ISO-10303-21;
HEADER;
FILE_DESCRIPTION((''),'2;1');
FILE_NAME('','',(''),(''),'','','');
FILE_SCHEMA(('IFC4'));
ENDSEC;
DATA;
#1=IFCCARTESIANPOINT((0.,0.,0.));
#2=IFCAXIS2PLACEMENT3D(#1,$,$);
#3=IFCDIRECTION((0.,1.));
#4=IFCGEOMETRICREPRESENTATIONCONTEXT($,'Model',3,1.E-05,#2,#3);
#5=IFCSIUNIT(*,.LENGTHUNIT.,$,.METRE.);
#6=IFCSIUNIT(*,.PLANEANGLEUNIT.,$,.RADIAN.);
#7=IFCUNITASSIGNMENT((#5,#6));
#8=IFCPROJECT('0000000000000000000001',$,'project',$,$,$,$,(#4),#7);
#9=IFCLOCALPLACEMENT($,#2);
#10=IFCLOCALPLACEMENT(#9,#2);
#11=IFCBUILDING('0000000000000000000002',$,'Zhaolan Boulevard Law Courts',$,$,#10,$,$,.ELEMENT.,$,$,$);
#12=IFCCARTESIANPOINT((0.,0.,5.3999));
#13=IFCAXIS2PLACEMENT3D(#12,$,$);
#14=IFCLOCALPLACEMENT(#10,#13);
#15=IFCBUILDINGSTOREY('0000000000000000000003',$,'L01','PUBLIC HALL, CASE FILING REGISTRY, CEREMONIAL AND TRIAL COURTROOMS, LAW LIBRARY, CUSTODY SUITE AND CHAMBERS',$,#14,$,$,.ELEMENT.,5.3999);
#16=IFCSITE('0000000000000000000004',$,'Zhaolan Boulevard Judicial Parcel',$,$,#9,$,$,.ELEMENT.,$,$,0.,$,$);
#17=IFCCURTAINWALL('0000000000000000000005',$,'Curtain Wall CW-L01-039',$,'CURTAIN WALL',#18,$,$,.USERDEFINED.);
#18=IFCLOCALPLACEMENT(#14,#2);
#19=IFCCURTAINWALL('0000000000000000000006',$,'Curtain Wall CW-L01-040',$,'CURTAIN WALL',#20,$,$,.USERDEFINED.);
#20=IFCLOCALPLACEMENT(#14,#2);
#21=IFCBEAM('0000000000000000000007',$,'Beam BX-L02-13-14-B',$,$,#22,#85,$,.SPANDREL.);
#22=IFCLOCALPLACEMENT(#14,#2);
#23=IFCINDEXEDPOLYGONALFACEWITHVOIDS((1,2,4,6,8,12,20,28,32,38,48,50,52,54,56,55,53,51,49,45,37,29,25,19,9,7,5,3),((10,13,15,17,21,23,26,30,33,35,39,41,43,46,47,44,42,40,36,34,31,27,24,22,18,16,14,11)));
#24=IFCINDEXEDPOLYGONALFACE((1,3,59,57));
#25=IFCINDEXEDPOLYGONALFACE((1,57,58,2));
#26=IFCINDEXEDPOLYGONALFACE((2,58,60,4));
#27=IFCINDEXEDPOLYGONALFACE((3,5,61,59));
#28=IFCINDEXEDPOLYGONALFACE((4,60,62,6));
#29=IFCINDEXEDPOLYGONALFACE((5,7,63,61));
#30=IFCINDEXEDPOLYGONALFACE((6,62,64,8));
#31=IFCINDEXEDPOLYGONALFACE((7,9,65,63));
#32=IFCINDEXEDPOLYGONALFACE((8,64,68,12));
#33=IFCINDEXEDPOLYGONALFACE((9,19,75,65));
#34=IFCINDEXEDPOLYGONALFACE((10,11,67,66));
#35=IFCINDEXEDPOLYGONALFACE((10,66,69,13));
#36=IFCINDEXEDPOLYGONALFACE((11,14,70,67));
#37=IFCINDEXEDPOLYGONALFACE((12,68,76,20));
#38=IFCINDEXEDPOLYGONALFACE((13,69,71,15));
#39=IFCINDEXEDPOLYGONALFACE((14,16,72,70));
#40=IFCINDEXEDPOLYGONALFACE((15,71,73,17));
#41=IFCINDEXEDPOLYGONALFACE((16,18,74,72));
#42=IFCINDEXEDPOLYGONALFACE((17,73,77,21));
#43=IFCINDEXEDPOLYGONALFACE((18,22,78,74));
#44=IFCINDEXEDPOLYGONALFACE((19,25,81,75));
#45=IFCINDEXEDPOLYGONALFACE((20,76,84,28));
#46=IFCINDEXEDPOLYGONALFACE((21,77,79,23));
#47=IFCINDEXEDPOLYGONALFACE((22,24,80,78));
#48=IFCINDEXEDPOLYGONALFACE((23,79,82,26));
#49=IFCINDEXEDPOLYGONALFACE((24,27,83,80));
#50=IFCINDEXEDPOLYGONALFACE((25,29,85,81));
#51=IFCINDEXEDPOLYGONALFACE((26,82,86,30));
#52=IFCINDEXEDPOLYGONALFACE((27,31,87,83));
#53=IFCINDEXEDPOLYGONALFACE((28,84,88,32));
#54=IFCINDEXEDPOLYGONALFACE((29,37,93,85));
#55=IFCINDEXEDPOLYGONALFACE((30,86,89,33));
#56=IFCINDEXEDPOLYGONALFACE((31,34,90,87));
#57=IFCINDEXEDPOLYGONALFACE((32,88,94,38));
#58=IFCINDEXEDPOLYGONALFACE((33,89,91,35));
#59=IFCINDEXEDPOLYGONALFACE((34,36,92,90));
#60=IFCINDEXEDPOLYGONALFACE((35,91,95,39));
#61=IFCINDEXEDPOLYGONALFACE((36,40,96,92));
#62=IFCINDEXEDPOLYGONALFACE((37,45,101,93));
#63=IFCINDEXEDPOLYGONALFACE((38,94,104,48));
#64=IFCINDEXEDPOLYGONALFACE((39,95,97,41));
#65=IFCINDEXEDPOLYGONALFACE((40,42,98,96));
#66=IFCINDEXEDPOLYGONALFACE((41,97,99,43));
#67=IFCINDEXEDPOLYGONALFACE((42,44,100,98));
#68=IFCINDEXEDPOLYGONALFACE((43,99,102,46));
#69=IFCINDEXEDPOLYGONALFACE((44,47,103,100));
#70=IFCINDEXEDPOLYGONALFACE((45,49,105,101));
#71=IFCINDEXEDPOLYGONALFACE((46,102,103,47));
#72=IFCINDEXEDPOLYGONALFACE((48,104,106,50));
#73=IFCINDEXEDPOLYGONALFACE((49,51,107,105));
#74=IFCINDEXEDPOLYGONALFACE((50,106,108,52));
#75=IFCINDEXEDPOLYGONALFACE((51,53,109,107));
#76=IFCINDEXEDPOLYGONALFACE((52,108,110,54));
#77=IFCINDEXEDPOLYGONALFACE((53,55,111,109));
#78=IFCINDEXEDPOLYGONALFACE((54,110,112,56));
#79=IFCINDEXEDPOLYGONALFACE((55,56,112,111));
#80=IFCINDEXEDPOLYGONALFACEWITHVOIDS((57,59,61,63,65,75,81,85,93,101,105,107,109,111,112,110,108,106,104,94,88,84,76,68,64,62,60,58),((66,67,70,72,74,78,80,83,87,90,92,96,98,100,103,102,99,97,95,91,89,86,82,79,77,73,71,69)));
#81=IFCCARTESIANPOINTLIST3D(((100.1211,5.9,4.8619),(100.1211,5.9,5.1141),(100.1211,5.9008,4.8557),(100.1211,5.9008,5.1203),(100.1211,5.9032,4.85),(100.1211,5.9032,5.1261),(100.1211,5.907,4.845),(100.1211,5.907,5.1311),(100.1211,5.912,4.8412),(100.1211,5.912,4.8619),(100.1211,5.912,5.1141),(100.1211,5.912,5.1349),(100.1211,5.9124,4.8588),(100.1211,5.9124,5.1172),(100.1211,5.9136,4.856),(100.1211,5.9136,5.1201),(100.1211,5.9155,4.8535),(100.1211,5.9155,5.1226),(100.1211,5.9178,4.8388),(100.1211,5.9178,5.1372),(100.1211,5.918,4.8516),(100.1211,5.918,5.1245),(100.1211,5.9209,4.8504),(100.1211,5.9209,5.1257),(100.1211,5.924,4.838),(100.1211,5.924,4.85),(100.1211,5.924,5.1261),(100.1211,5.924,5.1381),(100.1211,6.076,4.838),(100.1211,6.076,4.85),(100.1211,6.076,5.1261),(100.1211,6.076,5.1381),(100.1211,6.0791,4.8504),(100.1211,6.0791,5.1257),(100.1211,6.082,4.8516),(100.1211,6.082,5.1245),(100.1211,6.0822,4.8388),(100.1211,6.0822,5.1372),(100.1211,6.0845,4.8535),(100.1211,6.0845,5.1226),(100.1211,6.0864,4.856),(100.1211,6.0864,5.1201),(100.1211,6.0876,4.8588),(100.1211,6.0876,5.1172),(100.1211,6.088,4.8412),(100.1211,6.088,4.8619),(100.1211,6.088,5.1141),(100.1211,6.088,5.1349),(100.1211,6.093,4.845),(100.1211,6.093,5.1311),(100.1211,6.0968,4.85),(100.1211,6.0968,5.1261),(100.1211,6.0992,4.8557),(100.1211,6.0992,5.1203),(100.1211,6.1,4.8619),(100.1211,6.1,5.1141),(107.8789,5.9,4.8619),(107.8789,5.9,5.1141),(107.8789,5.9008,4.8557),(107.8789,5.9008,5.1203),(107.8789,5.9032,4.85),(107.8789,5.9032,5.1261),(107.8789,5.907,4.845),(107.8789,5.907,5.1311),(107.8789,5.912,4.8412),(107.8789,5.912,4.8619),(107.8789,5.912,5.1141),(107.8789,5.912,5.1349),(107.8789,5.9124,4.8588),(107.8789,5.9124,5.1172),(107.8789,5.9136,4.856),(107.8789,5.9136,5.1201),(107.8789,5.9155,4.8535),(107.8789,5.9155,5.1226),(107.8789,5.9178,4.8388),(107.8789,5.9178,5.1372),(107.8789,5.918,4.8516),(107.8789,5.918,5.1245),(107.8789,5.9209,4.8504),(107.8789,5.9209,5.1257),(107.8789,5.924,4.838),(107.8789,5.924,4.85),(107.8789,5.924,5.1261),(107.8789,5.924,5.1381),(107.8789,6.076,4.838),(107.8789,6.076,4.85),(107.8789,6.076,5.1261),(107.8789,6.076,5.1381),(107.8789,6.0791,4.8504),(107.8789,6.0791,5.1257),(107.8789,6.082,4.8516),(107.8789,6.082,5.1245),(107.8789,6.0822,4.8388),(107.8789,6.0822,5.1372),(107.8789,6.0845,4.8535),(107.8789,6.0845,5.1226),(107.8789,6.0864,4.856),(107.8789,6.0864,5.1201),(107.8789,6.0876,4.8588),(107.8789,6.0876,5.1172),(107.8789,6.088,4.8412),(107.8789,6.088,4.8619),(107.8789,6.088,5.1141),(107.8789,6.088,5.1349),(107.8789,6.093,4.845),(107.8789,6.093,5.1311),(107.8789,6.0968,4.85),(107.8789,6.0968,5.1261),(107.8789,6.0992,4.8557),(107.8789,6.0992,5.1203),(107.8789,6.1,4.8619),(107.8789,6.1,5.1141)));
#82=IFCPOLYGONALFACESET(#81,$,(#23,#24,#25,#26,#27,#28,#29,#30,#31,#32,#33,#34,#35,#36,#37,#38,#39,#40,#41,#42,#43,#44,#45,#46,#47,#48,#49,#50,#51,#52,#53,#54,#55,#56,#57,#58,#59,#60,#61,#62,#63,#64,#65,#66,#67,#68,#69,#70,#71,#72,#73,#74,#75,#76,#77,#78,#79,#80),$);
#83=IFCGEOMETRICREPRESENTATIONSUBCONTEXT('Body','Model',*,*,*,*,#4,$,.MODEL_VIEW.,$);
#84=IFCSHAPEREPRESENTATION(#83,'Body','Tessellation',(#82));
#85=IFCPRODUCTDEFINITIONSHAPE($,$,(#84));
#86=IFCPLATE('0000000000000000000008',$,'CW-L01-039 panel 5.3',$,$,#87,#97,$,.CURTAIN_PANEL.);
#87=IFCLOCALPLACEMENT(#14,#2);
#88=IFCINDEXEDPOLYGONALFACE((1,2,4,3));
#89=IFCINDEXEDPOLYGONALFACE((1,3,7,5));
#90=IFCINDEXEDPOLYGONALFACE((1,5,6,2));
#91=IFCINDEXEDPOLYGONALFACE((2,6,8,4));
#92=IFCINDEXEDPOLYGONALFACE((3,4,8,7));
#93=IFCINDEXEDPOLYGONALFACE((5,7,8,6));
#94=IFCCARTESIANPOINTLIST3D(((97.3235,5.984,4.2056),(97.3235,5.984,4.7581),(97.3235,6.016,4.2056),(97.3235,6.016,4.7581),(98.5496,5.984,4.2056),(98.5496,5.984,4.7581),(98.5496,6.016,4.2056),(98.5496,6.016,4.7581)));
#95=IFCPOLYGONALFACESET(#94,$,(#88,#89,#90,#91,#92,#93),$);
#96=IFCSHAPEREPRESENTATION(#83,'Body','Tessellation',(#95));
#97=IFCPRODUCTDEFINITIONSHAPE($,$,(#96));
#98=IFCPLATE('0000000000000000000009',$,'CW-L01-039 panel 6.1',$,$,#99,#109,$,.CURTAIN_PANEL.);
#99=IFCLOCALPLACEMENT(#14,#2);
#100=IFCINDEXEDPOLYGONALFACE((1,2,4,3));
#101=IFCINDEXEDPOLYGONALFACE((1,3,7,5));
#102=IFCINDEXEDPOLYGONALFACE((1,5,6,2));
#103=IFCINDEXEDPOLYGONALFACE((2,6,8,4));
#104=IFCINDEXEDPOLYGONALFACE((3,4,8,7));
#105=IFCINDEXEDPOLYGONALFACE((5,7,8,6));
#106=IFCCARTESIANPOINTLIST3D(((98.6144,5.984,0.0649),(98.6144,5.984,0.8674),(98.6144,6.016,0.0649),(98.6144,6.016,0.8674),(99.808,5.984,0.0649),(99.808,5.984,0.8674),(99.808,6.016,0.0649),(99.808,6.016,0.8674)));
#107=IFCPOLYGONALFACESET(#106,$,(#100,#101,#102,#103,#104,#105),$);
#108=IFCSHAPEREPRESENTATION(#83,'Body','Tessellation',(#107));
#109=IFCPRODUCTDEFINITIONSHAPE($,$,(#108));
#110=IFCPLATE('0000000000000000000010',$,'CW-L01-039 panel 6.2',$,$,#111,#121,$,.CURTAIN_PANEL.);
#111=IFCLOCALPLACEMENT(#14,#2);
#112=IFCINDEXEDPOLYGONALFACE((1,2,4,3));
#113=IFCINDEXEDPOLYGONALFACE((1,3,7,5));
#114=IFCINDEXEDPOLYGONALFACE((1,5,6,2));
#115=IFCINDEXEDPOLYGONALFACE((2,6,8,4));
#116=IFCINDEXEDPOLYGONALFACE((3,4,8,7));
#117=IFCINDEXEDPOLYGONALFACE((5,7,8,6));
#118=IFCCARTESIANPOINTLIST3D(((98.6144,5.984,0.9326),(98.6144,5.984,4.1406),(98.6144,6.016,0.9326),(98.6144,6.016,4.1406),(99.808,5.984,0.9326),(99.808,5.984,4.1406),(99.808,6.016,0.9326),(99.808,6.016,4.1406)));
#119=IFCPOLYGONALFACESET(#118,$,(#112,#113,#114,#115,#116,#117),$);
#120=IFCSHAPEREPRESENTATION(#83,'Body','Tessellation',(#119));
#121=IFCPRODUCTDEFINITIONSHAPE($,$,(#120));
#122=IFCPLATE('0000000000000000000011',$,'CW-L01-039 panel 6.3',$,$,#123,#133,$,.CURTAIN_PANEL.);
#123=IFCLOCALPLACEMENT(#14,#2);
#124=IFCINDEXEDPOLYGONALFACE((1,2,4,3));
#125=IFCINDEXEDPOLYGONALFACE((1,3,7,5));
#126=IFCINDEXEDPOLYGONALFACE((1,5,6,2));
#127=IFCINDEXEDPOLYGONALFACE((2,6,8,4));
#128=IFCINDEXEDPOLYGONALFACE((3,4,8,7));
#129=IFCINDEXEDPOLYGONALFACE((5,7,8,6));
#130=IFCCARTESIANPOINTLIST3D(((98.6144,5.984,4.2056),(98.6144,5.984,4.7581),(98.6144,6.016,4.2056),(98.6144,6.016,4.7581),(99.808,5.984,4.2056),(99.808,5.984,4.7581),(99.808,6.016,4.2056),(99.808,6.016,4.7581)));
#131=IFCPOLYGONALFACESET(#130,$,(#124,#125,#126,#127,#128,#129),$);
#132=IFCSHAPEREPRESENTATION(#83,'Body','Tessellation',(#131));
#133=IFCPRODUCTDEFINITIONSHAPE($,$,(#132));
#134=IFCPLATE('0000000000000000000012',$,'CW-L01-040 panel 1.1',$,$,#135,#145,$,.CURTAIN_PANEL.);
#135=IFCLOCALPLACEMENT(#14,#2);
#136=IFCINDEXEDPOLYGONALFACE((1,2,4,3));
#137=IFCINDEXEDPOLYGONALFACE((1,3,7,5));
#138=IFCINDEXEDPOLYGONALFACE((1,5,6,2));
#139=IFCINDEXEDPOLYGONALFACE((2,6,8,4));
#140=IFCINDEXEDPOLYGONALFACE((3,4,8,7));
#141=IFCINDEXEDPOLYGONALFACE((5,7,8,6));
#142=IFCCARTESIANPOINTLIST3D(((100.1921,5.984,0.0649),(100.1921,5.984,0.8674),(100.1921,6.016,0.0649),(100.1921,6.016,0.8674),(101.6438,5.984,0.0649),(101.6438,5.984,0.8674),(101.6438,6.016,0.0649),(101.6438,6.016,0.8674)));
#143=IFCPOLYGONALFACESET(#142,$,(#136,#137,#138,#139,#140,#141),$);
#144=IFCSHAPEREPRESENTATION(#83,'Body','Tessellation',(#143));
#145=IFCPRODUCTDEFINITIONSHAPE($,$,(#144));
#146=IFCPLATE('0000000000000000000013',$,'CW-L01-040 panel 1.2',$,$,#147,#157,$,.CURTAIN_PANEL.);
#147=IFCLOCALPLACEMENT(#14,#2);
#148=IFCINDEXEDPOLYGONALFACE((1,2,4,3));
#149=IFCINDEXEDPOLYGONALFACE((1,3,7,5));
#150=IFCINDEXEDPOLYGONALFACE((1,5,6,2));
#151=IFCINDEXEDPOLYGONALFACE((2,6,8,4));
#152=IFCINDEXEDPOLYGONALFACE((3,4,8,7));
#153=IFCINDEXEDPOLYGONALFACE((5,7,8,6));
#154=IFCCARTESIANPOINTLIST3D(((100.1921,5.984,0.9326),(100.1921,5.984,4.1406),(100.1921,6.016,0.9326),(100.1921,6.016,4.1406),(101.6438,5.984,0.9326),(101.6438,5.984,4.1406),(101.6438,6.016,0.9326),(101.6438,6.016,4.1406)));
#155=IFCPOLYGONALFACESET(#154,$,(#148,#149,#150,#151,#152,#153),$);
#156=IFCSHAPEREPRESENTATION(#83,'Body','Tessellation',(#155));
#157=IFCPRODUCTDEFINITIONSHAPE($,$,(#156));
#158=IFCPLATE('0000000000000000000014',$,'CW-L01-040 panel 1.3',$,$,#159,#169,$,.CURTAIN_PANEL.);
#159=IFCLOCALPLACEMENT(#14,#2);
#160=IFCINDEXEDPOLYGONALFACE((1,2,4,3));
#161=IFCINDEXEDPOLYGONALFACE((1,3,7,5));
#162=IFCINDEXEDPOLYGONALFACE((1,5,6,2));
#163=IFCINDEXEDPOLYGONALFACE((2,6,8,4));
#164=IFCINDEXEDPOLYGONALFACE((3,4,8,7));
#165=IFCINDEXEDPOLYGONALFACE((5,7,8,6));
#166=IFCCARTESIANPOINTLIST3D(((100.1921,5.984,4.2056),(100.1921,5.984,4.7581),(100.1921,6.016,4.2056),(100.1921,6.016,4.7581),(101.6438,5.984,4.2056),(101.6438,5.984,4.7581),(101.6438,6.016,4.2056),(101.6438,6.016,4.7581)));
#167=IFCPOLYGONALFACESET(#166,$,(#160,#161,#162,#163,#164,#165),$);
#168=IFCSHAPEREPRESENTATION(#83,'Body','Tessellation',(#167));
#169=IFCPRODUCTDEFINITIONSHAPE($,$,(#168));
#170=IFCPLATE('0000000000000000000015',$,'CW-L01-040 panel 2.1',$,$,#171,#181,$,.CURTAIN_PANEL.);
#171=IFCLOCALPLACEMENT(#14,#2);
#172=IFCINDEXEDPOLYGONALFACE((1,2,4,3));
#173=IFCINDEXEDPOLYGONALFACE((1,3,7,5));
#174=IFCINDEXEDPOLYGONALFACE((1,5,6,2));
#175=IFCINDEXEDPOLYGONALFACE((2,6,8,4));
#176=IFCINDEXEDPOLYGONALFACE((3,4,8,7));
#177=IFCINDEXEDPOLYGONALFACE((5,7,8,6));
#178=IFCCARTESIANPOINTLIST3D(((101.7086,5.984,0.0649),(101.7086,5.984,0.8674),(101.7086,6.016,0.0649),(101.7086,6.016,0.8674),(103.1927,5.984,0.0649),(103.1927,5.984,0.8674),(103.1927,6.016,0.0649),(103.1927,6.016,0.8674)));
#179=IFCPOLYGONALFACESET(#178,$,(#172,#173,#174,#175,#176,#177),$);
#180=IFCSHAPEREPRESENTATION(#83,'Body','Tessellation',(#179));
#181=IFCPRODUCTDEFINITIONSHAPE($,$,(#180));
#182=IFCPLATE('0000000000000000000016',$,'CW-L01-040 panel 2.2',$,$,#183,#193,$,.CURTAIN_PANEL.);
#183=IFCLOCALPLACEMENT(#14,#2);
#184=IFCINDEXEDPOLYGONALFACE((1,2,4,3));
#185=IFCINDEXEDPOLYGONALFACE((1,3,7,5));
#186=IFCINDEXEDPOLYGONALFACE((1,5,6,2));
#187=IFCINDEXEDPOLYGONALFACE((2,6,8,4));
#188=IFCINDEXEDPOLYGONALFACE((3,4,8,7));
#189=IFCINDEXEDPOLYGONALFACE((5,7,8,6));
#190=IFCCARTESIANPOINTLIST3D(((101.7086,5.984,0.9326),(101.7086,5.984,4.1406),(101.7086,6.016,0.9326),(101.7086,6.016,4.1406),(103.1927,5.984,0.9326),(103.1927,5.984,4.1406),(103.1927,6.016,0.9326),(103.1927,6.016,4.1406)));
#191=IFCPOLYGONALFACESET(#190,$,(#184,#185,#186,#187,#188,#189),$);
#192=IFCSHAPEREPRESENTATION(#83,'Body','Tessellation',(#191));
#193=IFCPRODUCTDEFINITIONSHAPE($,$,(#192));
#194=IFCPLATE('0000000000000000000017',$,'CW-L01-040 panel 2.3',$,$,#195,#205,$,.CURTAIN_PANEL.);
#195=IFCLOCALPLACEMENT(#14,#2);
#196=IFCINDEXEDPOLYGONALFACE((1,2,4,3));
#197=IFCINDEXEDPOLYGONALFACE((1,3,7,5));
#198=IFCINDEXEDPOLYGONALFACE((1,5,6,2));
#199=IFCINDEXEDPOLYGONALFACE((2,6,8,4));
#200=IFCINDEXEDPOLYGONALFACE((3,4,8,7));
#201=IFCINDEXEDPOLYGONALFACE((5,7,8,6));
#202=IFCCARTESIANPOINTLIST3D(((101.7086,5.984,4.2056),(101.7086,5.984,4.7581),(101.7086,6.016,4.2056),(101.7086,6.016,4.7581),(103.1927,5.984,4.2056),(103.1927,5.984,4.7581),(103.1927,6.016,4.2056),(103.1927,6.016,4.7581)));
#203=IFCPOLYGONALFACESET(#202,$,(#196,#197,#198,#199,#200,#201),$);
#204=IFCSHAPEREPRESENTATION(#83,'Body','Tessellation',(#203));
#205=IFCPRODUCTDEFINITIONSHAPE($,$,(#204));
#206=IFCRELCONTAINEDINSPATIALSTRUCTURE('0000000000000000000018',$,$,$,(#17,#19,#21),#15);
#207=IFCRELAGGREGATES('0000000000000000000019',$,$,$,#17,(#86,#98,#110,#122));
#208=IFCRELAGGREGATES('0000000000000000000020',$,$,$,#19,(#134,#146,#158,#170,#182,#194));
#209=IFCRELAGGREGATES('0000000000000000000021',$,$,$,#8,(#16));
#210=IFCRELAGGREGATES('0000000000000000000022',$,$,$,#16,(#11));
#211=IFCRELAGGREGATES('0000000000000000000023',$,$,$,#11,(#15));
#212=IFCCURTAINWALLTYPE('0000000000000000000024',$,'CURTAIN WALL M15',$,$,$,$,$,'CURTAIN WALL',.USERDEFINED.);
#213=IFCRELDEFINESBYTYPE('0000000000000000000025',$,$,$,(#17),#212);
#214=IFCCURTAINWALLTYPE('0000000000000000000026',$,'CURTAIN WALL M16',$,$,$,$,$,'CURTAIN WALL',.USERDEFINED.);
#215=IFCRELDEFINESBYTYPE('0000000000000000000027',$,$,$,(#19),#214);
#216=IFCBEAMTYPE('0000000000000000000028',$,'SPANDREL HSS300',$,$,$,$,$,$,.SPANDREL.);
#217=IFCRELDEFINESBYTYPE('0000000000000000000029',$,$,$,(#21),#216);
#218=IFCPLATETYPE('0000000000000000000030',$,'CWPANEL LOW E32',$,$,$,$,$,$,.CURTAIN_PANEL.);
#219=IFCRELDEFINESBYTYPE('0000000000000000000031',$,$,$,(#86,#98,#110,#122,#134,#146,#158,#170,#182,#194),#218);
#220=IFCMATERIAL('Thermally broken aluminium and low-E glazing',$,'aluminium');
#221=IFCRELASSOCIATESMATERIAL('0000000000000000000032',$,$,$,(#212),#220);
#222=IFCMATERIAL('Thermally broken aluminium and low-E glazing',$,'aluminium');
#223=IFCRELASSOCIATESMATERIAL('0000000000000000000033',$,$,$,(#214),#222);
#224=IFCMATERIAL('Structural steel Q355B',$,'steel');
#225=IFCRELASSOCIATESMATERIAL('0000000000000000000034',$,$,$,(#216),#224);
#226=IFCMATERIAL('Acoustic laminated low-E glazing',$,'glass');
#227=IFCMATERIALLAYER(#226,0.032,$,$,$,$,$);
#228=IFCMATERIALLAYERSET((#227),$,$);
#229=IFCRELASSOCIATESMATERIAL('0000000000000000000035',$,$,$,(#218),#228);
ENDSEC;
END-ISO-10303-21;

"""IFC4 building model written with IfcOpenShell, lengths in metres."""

from ifc_helpers import new_model, si_unit, direction, frame, origin, origin_2d, place, context, subcontext, project, spatial, rectangle, hollow_rectangle, extrude, material, layer, layer_set, material_profile, profile_set, type_object, element, aggregate, save


model = new_model("IFC4")

# Units and contexts
model_context = context("Model", 3, precision=1e-05, world=origin(), true_north=direction((0.0, 1.0)))
body_context = subcontext(model_context, "Body", "Model", "MODEL_VIEW")
ifc_project = project(units=[si_unit("LENGTHUNIT", "METRE"), si_unit("PLANEANGLEUNIT", "RADIAN")], contexts=[model_context])

# Site, building, storey
site_placement = place(None, origin())
site = spatial("IfcSite", under=ifc_project, at=site_placement, Name="Zhaolan Boulevard Judicial Parcel", CompositionType="ELEMENT", RefElevation=0.0)
building_placement = place(site_placement, origin())
building = spatial("IfcBuilding", under=site, at=building_placement, Name="Zhaolan Boulevard Law Courts", CompositionType="ELEMENT")
storey_placement = place(building_placement, frame((0.0, 0.0, 5.3999)))
storey = spatial("IfcBuildingStorey", under=building, at=storey_placement, Name="L01", Description="PUBLIC HALL, CASE FILING REGISTRY, CEREMONIAL AND TRIAL COURTROOMS, LAW LIBRARY, CUSTODY SUITE AND CHAMBERS", CompositionType="ELEMENT", Elevation=5.3999)

# Curtain walls
ifc_material_1 = material(Name="Thermally broken aluminium and low-E glazing", Category="aluminium")
curtain_wall_type_1 = type_object("IfcCurtainWallType", Name="CURTAIN WALL M15", ElementType="CURTAIN WALL", PredefinedType="USERDEFINED", material=ifc_material_1)
curtain_wall_1_placement = place(storey_placement, origin())
curtain_wall_1 = element("IfcCurtainWall", 1, at=curtain_wall_1_placement, inside=storey, type_object=curtain_wall_type_1, Name="Curtain Wall CW-L01-039", ObjectType="CURTAIN WALL", PredefinedType="USERDEFINED")
ifc_material_2 = material(Name="Thermally broken aluminium and low-E glazing", Category="aluminium")
curtain_wall_type_2 = type_object("IfcCurtainWallType", Name="CURTAIN WALL M16", ElementType="CURTAIN WALL", PredefinedType="USERDEFINED", material=ifc_material_2)
curtain_wall_2_placement = place(storey_placement, origin())
curtain_wall_2 = element("IfcCurtainWall", 2, at=curtain_wall_2_placement, inside=storey, type_object=curtain_wall_type_2, Name="Curtain Wall CW-L01-040", ObjectType="CURTAIN WALL", PredefinedType="USERDEFINED")

# Beam
ifc_material_3 = material(Name="Structural steel Q355B", Category="steel")
ifc_material_profile_1 = material_profile(ifc_material_3, hollow_rectangle(XDim=0.2, YDim=0.3, WallThickness=0.012, InnerFilletRadius=0.012, OuterFilletRadius=0.0239, at=origin_2d()), Name="HSS300x200x12")
ifc_profile_set_1 = profile_set([ifc_material_profile_1], Name="Structural steel Q355B")
beam_type_1 = type_object("IfcBeamType", Name="SPANDREL HSS300", PredefinedType="SPANDREL", material=ifc_profile_set_1)
beam_1_placement = place(storey_placement, frame((100.1211, 6.0, 4.988), z_axis=(1.0, 0.0, 0.0), x_axis=(0.0, 1.0, 0.0)))
element("IfcBeam", 3, at=beam_1_placement, inside=storey, type_object=beam_type_1, Name="Beam BX-L02-13-14-B", PredefinedType="SPANDREL", context=body_context, shape_type="SweptSolid", body=[
    extrude(hollow_rectangle(XDim=0.2, YDim=0.3, WallThickness=0.012, InnerFilletRadius=0.012, OuterFilletRadius=0.0239, at=origin_2d()), origin(), (0.0, 0.0, 1.0), 7.7578),
])

# Plates
ifc_material_4 = material(Name="Acoustic laminated low-E glazing", Category="glass")
ifc_layer_1 = layer(ifc_material_4, 0.032)
ifc_layer_set_1 = layer_set([ifc_layer_1])
plate_type_1 = type_object("IfcPlateType", Name="CWPANEL LOW E32", PredefinedType="CURTAIN_PANEL", material=ifc_layer_set_1)
plate_1_placement = place(storey_placement, frame((97.9365, 6.0, 4.2056), z_axis=(0.0, 0.0, 1.0), x_axis=(1.0, 0.0, 0.0)))
plate_1 = element("IfcPlate", 4, at=plate_1_placement, type_object=plate_type_1, Name="CW-L01-039 panel 5.3", PredefinedType="CURTAIN_PANEL", context=body_context, shape_type="SweptSolid", body=[
    extrude(rectangle(XDim=1.2261, YDim=0.032, at=origin_2d()), origin(), (0.0, 0.0, 1.0), 0.5525),
])
plate_2_placement = place(storey_placement, frame((99.2112, 6.0, 0.0649), z_axis=(0.0, 0.0, 1.0), x_axis=(1.0, 0.0, 0.0)))
plate_2 = element("IfcPlate", 5, at=plate_2_placement, type_object=plate_type_1, Name="CW-L01-039 panel 6.1", PredefinedType="CURTAIN_PANEL", context=body_context, shape_type="SweptSolid", body=[
    extrude(rectangle(XDim=1.1936, YDim=0.032, at=origin_2d()), origin(), (0.0, 0.0, 1.0), 0.8025),
])
plate_3_placement = place(storey_placement, frame((99.2112, 6.0, 0.9326), z_axis=(0.0, 0.0, 1.0), x_axis=(1.0, 0.0, 0.0)))
plate_3 = element("IfcPlate", 6, at=plate_3_placement, type_object=plate_type_1, Name="CW-L01-039 panel 6.2", PredefinedType="CURTAIN_PANEL", context=body_context, shape_type="SweptSolid", body=[
    extrude(rectangle(XDim=1.1936, YDim=0.032, at=origin_2d()), origin(), (0.0, 0.0, 1.0), 3.208),
])
plate_4_placement = place(storey_placement, frame((99.2112, 6.0, 4.2056), z_axis=(0.0, 0.0, 1.0), x_axis=(1.0, 0.0, 0.0)))
plate_4 = element("IfcPlate", 7, at=plate_4_placement, type_object=plate_type_1, Name="CW-L01-039 panel 6.3", PredefinedType="CURTAIN_PANEL", context=body_context, shape_type="SweptSolid", body=[
    extrude(rectangle(XDim=1.1936, YDim=0.032, at=origin_2d()), origin(), (0.0, 0.0, 1.0), 0.5525),
])
aggregate(curtain_wall_1, [plate_1, plate_2, plate_3, plate_4])
plate_5_placement = place(storey_placement, frame((100.918, 6.0, 0.0649), z_axis=(0.0, 0.0, 1.0), x_axis=(1.0, 0.0, 0.0)))
plate_5 = element("IfcPlate", 8, at=plate_5_placement, type_object=plate_type_1, Name="CW-L01-040 panel 1.1", PredefinedType="CURTAIN_PANEL", context=body_context, shape_type="SweptSolid", body=[
    extrude(rectangle(XDim=1.4517, YDim=0.032, at=origin_2d()), origin(), (0.0, 0.0, 1.0), 0.8025),
])
plate_6_placement = place(storey_placement, frame((100.918, 6.0, 0.9326), z_axis=(0.0, 0.0, 1.0), x_axis=(1.0, 0.0, 0.0)))
plate_6 = element("IfcPlate", 9, at=plate_6_placement, type_object=plate_type_1, Name="CW-L01-040 panel 1.2", PredefinedType="CURTAIN_PANEL", context=body_context, shape_type="SweptSolid", body=[
    extrude(rectangle(XDim=1.4517, YDim=0.032, at=origin_2d()), origin(), (0.0, 0.0, 1.0), 3.208),
])
plate_7_placement = place(storey_placement, frame((100.918, 6.0, 4.2056), z_axis=(0.0, 0.0, 1.0), x_axis=(1.0, 0.0, 0.0)))
plate_7 = element("IfcPlate", 10, at=plate_7_placement, type_object=plate_type_1, Name="CW-L01-040 panel 1.3", PredefinedType="CURTAIN_PANEL", context=body_context, shape_type="SweptSolid", body=[
    extrude(rectangle(XDim=1.4517, YDim=0.032, at=origin_2d()), origin(), (0.0, 0.0, 1.0), 0.5525),
])
plate_8_placement = place(storey_placement, frame((102.4507, 6.0, 0.0649), z_axis=(0.0, 0.0, 1.0), x_axis=(1.0, 0.0, 0.0)))
plate_8 = element("IfcPlate", 11, at=plate_8_placement, type_object=plate_type_1, Name="CW-L01-040 panel 2.1", PredefinedType="CURTAIN_PANEL", context=body_context, shape_type="SweptSolid", body=[
    extrude(rectangle(XDim=1.4841, YDim=0.032, at=origin_2d()), origin(), (0.0, 0.0, 1.0), 0.8025),
])
plate_9_placement = place(storey_placement, frame((102.4507, 6.0, 0.9326), z_axis=(0.0, 0.0, 1.0), x_axis=(1.0, 0.0, 0.0)))
plate_9 = element("IfcPlate", 12, at=plate_9_placement, type_object=plate_type_1, Name="CW-L01-040 panel 2.2", PredefinedType="CURTAIN_PANEL", context=body_context, shape_type="SweptSolid", body=[
    extrude(rectangle(XDim=1.4841, YDim=0.032, at=origin_2d()), origin(), (0.0, 0.0, 1.0), 3.208),
])
plate_10_placement = place(storey_placement, frame((102.4507, 6.0, 4.2056), z_axis=(0.0, 0.0, 1.0), x_axis=(1.0, 0.0, 0.0)))
plate_10 = element("IfcPlate", 13, at=plate_10_placement, type_object=plate_type_1, Name="CW-L01-040 panel 2.3", PredefinedType="CURTAIN_PANEL", context=body_context, shape_type="SweptSolid", body=[
    extrude(rectangle(XDim=1.4841, YDim=0.032, at=origin_2d()), origin(), (0.0, 0.0, 1.0), 0.5525),
])
aggregate(curtain_wall_2, [plate_5, plate_6, plate_7, plate_8, plate_9, plate_10])

save(model, "model.ifc")
